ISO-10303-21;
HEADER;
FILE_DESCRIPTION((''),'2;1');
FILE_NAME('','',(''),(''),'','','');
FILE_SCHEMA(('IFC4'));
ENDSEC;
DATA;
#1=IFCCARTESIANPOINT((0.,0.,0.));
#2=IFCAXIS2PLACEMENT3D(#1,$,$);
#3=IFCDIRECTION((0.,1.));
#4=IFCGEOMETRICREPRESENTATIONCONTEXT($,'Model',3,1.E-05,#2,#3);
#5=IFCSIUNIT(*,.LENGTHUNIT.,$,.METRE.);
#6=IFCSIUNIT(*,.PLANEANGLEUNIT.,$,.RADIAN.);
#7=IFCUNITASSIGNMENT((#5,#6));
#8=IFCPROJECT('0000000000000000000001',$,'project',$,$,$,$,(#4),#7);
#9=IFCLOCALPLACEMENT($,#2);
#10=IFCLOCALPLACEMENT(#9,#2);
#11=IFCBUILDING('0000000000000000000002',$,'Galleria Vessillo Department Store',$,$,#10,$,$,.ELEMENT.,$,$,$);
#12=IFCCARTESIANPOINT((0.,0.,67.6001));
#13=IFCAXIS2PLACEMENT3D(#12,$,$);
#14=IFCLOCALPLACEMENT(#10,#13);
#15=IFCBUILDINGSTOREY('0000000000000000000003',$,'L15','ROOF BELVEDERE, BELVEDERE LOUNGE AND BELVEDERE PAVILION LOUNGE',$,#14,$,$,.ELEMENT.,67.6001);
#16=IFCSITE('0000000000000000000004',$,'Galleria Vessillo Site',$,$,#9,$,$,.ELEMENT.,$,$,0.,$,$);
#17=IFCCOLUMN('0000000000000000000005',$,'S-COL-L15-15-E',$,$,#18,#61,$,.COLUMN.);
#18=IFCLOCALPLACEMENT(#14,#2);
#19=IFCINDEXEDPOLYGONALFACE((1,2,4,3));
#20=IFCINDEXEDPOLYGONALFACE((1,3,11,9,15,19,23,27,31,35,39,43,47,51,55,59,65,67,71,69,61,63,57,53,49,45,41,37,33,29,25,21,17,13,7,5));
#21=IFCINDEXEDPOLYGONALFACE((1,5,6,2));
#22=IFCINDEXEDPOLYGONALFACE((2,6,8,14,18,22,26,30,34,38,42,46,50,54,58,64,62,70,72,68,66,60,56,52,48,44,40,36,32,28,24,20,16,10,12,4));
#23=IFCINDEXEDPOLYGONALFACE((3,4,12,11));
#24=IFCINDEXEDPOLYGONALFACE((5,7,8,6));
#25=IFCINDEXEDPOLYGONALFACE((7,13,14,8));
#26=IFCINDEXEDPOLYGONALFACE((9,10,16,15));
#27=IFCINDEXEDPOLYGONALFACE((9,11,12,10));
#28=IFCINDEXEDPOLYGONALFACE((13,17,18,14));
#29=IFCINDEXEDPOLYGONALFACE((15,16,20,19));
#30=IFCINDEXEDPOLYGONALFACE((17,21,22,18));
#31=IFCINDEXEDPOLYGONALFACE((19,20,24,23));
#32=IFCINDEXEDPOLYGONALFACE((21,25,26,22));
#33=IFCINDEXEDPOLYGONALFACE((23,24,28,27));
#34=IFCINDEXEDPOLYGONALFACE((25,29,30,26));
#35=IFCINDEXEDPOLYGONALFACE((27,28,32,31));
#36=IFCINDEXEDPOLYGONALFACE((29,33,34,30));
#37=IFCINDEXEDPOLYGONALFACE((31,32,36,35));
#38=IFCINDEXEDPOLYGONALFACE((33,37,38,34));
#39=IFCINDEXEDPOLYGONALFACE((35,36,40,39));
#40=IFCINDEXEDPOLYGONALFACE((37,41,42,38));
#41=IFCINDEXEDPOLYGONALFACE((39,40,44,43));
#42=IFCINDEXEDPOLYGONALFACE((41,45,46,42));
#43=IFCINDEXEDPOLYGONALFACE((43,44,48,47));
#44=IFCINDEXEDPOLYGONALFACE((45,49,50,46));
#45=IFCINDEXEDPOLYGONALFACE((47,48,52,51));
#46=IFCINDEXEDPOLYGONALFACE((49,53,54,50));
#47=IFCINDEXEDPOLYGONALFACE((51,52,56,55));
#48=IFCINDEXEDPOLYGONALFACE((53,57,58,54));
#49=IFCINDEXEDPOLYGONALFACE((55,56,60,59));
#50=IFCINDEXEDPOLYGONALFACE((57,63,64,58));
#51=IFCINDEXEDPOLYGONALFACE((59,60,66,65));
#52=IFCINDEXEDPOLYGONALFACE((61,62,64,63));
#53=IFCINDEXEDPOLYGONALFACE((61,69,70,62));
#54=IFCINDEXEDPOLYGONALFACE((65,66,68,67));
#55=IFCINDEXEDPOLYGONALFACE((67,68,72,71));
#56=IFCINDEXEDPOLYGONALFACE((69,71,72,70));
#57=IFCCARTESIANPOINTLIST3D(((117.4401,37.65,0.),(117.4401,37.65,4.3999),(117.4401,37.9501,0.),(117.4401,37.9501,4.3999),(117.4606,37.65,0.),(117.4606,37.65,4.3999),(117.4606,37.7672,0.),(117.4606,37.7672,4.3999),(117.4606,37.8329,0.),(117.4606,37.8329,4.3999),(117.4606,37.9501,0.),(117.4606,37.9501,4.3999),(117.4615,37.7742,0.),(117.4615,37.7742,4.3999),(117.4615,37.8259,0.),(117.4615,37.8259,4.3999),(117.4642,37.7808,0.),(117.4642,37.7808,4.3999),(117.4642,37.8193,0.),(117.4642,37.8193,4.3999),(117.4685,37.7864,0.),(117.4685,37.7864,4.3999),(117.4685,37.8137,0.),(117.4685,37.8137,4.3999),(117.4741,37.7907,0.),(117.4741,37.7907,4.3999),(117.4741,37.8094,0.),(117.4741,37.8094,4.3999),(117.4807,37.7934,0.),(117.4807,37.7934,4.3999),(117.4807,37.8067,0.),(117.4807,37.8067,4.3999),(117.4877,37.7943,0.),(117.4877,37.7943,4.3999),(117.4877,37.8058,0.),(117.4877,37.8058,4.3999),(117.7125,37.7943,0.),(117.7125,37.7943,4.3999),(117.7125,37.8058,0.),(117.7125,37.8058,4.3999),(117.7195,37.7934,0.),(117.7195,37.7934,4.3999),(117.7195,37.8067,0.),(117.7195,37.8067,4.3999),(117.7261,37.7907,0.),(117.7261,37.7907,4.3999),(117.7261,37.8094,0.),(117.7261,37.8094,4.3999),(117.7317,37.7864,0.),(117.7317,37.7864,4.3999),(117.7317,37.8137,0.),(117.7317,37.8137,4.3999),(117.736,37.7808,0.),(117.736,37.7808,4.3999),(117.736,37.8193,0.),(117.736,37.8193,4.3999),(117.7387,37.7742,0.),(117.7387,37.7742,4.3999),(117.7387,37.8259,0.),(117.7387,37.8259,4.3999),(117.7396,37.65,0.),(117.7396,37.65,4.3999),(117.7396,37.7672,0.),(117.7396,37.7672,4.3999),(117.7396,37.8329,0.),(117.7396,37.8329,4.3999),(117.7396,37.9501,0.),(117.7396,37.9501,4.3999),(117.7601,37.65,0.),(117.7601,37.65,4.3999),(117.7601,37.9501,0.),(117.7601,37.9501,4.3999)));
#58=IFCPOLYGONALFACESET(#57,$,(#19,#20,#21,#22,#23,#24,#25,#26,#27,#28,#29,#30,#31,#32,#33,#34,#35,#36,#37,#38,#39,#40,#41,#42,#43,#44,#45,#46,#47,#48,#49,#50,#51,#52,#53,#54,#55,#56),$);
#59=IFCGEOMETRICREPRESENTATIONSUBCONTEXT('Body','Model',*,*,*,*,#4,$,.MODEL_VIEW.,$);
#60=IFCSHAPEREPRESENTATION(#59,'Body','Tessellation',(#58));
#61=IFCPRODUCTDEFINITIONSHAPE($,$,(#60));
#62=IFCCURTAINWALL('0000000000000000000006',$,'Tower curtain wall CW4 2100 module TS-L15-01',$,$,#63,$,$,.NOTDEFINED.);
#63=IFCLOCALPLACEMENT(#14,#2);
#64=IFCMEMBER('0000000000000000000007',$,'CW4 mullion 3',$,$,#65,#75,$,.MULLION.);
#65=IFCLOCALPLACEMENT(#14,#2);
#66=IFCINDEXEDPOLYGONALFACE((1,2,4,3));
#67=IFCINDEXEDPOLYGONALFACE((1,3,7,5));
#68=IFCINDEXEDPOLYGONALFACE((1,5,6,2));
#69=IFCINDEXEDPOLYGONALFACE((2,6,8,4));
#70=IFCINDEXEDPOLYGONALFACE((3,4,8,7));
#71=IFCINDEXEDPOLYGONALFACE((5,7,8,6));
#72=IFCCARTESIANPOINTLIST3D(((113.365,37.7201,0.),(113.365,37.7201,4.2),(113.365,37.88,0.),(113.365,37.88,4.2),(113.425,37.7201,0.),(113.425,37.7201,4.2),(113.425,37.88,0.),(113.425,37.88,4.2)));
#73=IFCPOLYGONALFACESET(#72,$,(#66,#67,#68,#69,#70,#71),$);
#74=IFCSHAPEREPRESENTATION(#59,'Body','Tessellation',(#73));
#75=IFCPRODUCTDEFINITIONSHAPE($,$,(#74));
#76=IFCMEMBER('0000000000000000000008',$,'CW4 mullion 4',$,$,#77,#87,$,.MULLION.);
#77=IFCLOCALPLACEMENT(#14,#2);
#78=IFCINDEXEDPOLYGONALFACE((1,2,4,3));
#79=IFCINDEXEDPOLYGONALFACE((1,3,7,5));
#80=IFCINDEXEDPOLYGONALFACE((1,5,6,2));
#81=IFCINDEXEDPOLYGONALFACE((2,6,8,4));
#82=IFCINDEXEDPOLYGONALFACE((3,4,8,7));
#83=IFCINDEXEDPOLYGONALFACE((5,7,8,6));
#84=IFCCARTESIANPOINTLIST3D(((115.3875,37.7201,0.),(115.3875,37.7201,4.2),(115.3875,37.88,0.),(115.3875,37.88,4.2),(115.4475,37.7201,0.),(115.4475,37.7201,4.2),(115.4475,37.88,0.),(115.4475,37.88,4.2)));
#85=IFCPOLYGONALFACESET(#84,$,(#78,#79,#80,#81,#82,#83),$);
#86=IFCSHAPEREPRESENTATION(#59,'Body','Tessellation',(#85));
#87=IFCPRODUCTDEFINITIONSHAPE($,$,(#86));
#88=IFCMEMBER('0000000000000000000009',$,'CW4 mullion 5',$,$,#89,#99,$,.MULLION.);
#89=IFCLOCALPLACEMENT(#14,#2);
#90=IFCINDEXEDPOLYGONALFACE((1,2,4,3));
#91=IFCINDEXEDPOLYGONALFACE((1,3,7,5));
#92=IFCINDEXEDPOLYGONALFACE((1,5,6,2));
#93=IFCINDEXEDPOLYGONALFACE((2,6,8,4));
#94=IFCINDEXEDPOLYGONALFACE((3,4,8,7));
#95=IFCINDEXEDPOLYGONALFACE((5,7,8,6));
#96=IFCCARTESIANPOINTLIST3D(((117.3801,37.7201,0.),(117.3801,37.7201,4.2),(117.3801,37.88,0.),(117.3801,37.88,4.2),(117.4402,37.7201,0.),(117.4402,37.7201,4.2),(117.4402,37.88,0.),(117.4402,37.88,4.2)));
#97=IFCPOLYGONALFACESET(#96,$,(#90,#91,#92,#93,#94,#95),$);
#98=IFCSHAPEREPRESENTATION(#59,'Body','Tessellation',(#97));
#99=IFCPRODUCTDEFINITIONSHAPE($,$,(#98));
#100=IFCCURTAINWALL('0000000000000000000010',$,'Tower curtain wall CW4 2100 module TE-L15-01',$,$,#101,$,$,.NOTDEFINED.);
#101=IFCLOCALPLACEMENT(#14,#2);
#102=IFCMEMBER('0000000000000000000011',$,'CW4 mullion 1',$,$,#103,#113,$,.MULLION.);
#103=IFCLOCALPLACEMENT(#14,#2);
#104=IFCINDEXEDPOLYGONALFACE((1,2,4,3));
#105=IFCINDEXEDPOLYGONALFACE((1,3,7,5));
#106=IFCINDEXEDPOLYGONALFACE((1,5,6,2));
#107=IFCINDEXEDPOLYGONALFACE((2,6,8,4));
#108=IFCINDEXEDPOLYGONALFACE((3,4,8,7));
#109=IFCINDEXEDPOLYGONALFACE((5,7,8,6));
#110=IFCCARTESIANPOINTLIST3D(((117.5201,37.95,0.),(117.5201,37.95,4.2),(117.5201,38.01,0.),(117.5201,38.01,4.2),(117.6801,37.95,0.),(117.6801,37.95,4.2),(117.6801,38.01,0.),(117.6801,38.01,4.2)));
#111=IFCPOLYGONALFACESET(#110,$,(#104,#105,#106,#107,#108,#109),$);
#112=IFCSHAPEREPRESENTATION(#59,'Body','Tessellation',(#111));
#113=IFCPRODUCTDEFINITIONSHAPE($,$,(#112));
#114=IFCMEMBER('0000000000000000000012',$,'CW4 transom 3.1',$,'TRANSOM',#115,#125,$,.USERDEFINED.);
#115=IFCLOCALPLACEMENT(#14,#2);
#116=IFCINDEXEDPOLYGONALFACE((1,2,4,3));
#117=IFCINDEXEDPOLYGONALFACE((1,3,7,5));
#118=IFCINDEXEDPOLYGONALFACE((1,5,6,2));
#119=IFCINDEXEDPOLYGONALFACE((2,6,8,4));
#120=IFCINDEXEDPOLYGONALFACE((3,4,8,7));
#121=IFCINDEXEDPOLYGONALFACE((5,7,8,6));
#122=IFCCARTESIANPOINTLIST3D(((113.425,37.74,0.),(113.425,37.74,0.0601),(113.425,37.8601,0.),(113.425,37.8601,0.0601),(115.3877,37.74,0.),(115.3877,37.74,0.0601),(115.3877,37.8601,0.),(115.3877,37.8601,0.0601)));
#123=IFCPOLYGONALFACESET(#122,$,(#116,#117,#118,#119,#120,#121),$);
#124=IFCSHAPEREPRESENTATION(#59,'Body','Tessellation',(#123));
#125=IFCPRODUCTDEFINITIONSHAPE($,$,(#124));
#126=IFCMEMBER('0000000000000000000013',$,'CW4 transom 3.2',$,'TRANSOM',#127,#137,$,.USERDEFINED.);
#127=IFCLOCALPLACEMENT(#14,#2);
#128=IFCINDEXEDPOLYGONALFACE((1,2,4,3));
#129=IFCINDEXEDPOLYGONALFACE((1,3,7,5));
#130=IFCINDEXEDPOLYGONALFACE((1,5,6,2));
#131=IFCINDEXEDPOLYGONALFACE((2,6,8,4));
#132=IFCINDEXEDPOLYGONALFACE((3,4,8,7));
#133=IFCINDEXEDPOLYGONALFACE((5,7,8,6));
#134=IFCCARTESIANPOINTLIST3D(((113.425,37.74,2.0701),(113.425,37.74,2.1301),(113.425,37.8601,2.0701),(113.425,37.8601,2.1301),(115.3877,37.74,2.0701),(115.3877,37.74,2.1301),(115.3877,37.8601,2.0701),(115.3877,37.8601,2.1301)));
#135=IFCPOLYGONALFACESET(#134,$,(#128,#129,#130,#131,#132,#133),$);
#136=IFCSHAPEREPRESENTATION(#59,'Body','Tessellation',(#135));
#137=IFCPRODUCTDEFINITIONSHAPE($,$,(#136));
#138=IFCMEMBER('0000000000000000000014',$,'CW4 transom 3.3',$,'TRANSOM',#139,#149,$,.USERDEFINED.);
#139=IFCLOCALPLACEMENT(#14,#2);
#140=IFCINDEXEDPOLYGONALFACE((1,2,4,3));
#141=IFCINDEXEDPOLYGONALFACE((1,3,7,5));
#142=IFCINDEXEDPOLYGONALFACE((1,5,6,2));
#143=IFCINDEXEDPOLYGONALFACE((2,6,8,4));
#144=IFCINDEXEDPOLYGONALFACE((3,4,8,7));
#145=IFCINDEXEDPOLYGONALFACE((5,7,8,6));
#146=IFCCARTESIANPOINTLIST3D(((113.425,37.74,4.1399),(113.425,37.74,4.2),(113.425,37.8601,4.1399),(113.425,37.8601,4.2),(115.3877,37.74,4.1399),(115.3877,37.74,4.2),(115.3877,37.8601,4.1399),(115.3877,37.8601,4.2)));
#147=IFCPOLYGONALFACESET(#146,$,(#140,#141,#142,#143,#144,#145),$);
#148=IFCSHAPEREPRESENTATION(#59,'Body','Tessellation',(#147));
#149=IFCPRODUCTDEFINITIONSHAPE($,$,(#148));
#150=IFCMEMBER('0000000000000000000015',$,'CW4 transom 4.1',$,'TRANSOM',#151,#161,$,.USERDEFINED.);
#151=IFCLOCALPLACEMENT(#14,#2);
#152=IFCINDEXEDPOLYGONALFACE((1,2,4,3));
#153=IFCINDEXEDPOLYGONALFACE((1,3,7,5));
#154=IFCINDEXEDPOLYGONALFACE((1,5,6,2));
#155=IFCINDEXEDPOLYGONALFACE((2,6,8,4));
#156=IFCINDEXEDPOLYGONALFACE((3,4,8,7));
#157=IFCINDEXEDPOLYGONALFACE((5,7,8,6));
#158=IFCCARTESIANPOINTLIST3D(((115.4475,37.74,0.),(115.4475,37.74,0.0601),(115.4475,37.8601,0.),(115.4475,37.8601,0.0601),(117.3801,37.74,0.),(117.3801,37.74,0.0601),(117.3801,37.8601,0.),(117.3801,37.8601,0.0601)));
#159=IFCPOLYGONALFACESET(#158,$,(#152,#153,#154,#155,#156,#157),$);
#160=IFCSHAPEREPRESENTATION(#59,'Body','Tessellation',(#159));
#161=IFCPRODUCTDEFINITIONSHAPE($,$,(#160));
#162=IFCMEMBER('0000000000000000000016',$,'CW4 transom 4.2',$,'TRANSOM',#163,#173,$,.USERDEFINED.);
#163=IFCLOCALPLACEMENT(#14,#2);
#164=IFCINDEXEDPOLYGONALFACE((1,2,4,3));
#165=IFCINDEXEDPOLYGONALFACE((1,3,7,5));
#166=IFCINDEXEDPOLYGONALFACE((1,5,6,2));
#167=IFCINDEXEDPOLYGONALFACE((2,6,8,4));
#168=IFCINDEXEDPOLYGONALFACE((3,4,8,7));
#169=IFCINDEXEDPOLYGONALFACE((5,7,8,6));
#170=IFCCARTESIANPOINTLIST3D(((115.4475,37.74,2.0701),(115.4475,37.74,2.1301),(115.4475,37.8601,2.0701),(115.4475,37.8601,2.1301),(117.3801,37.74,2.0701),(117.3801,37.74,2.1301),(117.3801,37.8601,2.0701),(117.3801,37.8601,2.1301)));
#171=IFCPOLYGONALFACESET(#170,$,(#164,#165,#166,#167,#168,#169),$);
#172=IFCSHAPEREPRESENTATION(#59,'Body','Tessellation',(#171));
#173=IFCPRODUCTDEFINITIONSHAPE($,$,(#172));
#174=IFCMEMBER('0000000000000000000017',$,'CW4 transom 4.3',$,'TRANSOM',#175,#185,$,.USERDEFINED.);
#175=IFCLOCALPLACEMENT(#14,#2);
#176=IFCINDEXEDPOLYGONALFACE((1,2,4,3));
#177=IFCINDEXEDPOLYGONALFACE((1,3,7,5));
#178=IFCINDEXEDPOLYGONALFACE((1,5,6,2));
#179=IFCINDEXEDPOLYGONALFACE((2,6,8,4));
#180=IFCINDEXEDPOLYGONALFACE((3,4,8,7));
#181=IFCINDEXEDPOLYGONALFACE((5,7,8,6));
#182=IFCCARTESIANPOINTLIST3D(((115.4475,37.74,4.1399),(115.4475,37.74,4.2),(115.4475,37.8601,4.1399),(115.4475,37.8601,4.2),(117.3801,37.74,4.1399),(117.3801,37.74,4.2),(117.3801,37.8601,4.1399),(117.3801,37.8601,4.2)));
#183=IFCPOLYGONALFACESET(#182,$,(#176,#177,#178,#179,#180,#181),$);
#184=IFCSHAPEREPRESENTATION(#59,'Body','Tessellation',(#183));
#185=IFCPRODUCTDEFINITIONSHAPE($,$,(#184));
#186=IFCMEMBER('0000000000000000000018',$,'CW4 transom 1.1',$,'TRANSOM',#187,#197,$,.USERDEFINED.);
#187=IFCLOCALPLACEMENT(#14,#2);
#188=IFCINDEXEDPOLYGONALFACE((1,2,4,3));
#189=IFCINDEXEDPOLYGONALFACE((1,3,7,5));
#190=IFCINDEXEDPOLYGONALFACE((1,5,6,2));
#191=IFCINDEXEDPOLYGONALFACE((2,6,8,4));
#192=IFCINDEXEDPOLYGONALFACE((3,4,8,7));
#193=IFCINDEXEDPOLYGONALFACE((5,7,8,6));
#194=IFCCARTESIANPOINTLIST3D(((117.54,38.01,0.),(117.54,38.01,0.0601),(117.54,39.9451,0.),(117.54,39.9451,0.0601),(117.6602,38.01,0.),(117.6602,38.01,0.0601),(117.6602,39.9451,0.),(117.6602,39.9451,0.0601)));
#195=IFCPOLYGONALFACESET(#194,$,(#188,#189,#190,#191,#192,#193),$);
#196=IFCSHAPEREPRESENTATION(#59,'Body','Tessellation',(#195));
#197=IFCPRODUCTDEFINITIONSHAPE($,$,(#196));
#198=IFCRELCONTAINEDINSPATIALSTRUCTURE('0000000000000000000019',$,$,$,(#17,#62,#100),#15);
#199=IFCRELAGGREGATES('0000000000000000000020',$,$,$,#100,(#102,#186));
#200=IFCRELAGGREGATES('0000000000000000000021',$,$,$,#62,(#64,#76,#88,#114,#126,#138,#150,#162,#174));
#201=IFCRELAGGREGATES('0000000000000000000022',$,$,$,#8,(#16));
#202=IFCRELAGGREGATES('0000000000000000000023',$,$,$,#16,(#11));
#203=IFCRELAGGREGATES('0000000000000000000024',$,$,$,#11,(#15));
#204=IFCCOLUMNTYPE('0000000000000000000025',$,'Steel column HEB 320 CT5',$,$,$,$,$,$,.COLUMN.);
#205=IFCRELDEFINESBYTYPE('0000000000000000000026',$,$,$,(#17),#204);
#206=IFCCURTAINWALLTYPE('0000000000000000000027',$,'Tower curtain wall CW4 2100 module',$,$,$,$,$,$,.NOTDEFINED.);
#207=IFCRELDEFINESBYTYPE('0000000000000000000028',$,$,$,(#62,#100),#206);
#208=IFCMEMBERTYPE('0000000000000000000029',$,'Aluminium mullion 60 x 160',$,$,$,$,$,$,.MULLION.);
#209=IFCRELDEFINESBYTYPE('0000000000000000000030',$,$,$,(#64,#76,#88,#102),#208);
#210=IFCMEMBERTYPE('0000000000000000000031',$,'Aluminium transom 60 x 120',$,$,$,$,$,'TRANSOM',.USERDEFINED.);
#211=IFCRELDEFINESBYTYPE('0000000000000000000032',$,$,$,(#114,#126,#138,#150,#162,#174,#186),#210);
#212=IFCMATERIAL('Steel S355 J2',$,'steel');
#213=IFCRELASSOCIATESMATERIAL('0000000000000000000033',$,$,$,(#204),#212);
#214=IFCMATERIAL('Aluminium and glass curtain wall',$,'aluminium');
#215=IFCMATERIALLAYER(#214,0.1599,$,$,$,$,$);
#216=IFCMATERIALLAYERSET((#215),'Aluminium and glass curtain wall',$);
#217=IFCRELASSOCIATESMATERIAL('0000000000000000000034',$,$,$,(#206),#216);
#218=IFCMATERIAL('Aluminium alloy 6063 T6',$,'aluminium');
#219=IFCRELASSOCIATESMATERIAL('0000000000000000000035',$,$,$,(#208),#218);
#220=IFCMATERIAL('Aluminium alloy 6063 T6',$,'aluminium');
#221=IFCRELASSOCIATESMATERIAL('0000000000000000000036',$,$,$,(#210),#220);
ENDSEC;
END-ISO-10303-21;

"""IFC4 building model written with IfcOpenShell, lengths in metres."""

from ifc_helpers import new_model, si_unit, direction, frame, origin, origin_2d, place, context, subcontext, project, spatial, rectangle, i_section, extrude, material, layer, layer_set, material_profile, profile_set, type_object, element, aggregate, save


model = new_model("IFC4")

# Units and contexts
model_context = context("Model", 3, precision=1e-05, world=origin(), true_north=direction((0.0, 1.0)))
body_context = subcontext(model_context, "Body", "Model", "MODEL_VIEW")
ifc_project = project(units=[si_unit("LENGTHUNIT", "METRE"), si_unit("PLANEANGLEUNIT", "RADIAN")], contexts=[model_context])

# Site, building, storey
site_placement = place(None, origin())
site = spatial("IfcSite", under=ifc_project, at=site_placement, Name="Galleria Vessillo Site", CompositionType="ELEMENT", RefElevation=0.0)
building_placement = place(site_placement, origin())
building = spatial("IfcBuilding", under=site, at=building_placement, Name="Galleria Vessillo Department Store", CompositionType="ELEMENT")
storey_placement = place(building_placement, frame((0.0, 0.0, 67.6001)))
storey = spatial("IfcBuildingStorey", under=building, at=storey_placement, Name="L15", Description="ROOF BELVEDERE, BELVEDERE LOUNGE AND BELVEDERE PAVILION LOUNGE", CompositionType="ELEMENT", Elevation=67.6001)

# Column
ifc_material_1 = material(Name="Steel S355 J2", Category="steel")
ifc_material_profile_1 = material_profile(ifc_material_1, i_section(OverallWidth=0.3, OverallDepth=0.3201, WebThickness=0.0115, FlangeThickness=0.0205, FilletRadius=0.0271, at=origin_2d()), Name="HEB 320")
ifc_profile_set_1 = profile_set([ifc_material_profile_1], Name="Steel S355 J2")
column_type = type_object("IfcColumnType", Name="Steel column HEB 320 CT5", PredefinedType="COLUMN", material=ifc_profile_set_1)
column_placement = place(storey_placement, frame((117.6001, 37.8, 0.0), z_axis=(0.0, 0.0, 1.0), x_axis=(0.0, 1.0, 0.0)))
element("IfcColumn", 1, at=column_placement, inside=storey, type_object=column_type, Name="S-COL-L15-15-E", PredefinedType="COLUMN", context=body_context, shape_type="SweptSolid", body=[
    extrude(i_section(OverallWidth=0.3, OverallDepth=0.3201, WebThickness=0.0115, FlangeThickness=0.0205, FilletRadius=0.0271, at=origin_2d()), origin(), (0.0, 0.0, 1.0), 4.3999),
])

# Curtain wall, members
ifc_material_2 = material(Name="Aluminium and glass curtain wall", Category="aluminium")
ifc_layer_1 = layer(ifc_material_2, 0.1599)
ifc_layer_set_1 = layer_set([ifc_layer_1], Name="Aluminium and glass curtain wall")
curtain_wall_type = type_object("IfcCurtainWallType", Name="Tower curtain wall CW4 2100 module", PredefinedType="NOTDEFINED", material=ifc_layer_set_1)
curtain_wall_1_placement = place(storey_placement, origin())
curtain_wall_1 = element("IfcCurtainWall", 2, at=curtain_wall_1_placement, inside=storey, type_object=curtain_wall_type, Name="Tower curtain wall CW4 2100 module TS-L15-01", PredefinedType="NOTDEFINED")
ifc_material_3 = material(Name="Aluminium alloy 6063 T6", Category="aluminium")
ifc_material_profile_2 = material_profile(ifc_material_3, rectangle(XDim=0.1599, YDim=0.0601, at=origin_2d()), Name="AL 60x160")
ifc_profile_set_2 = profile_set([ifc_material_profile_2], Name="Aluminium alloy 6063 T6")
member_type_1 = type_object("IfcMemberType", Name="Aluminium mullion 60 x 160", PredefinedType="MULLION", material=ifc_profile_set_2)
member_1_placement = place(storey_placement, frame((113.395, 37.8, 0.0), z_axis=(0.0, 0.0, 1.0), x_axis=(0.0, 1.0, 0.0)))
member_1 = element("IfcMember", 3, at=member_1_placement, type_object=member_type_1, Name="CW4 mullion 3", PredefinedType="MULLION", context=body_context, shape_type="SweptSolid", body=[
    extrude(rectangle(XDim=0.1599, YDim=0.0601, at=origin_2d()), origin(), (0.0, 0.0, 1.0), 4.2),
])
member_2_placement = place(storey_placement, frame((115.4175, 37.8, 0.0), z_axis=(0.0, 0.0, 1.0), x_axis=(0.0, 1.0, 0.0)))
member_2 = element("IfcMember", 4, at=member_2_placement, type_object=member_type_1, Name="CW4 mullion 4", PredefinedType="MULLION", context=body_context, shape_type="SweptSolid", body=[
    extrude(rectangle(XDim=0.1599, YDim=0.0601, at=origin_2d()), origin(), (0.0, 0.0, 1.0), 4.2),
])
member_3_placement = place(storey_placement, frame((117.4102, 37.8, 0.0), z_axis=(0.0, 0.0, 1.0), x_axis=(0.0, 1.0, 0.0)))
member_3 = element("IfcMember", 5, at=member_3_placement, type_object=member_type_1, Name="CW4 mullion 5", PredefinedType="MULLION", context=body_context, shape_type="SweptSolid", body=[
    extrude(rectangle(XDim=0.1599, YDim=0.0601, at=origin_2d()), origin(), (0.0, 0.0, 1.0), 4.2),
])

# Curtain wall, member
curtain_wall_2_placement = place(storey_placement, origin())
curtain_wall_2 = element("IfcCurtainWall", 6, at=curtain_wall_2_placement, inside=storey, type_object=curtain_wall_type, Name="Tower curtain wall CW4 2100 module TE-L15-01", PredefinedType="NOTDEFINED")
member_4_placement = place(storey_placement, frame((117.6001, 37.98, 0.0), z_axis=(0.0, 0.0, 1.0), x_axis=(-1.0, 0.0, 0.0)))
member_4 = element("IfcMember", 7, at=member_4_placement, type_object=member_type_1, Name="CW4 mullion 1", PredefinedType="MULLION", context=body_context, shape_type="SweptSolid", body=[
    extrude(rectangle(XDim=0.1599, YDim=0.0601, at=origin_2d()), origin(), (0.0, 0.0, 1.0), 4.2),
])

# Members
ifc_material_4 = material(Name="Aluminium alloy 6063 T6", Category="aluminium")
ifc_material_profile_3 = material_profile(ifc_material_4, rectangle(XDim=0.1201, YDim=0.0601, at=origin_2d()), Name="AL 60x120")
ifc_profile_set_3 = profile_set([ifc_material_profile_3], Name="Aluminium alloy 6063 T6")
member_type_2 = type_object("IfcMemberType", Name="Aluminium transom 60 x 120", ElementType="TRANSOM", PredefinedType="USERDEFINED", material=ifc_profile_set_3)
member_5_placement = place(storey_placement, frame((113.425, 37.8, 0.03), z_axis=(1.0, 0.0, 0.0), x_axis=(0.0, 1.0, 0.0)))
member_5 = element("IfcMember", 8, at=member_5_placement, type_object=member_type_2, Name="CW4 transom 3.1", ObjectType="TRANSOM", PredefinedType="USERDEFINED", context=body_context, shape_type="SweptSolid", body=[
    extrude(rectangle(XDim=0.1201, YDim=0.0601, at=origin_2d()), origin(), (0.0, 0.0, 1.0), 1.9626),
])
member_6_placement = place(storey_placement, frame((113.425, 37.8, 2.1001), z_axis=(1.0, 0.0, 0.0), x_axis=(0.0, 1.0, 0.0)))
member_6 = element("IfcMember", 9, at=member_6_placement, type_object=member_type_2, Name="CW4 transom 3.2", ObjectType="TRANSOM", PredefinedType="USERDEFINED", context=body_context, shape_type="SweptSolid", body=[
    extrude(rectangle(XDim=0.1201, YDim=0.0601, at=origin_2d()), origin(), (0.0, 0.0, 1.0), 1.9626),
])
member_7_placement = place(storey_placement, frame((113.425, 37.8, 4.1699), z_axis=(1.0, 0.0, 0.0), x_axis=(0.0, 1.0, 0.0)))
member_7 = element("IfcMember", 10, at=member_7_placement, type_object=member_type_2, Name="CW4 transom 3.3", ObjectType="TRANSOM", PredefinedType="USERDEFINED", context=body_context, shape_type="SweptSolid", body=[
    extrude(rectangle(XDim=0.1201, YDim=0.0601, at=origin_2d()), origin(), (0.0, 0.0, 1.0), 1.9626),
])
member_8_placement = place(storey_placement, frame((115.4475, 37.8, 0.03), z_axis=(1.0, 0.0, 0.0), x_axis=(0.0, 1.0, 0.0)))
member_8 = element("IfcMember", 11, at=member_8_placement, type_object=member_type_2, Name="CW4 transom 4.1", ObjectType="TRANSOM", PredefinedType="USERDEFINED", context=body_context, shape_type="SweptSolid", body=[
    extrude(rectangle(XDim=0.1201, YDim=0.0601, at=origin_2d()), origin(), (0.0, 0.0, 1.0), 1.9326),
])
member_9_placement = place(storey_placement, frame((115.4475, 37.8, 2.1001), z_axis=(1.0, 0.0, 0.0), x_axis=(0.0, 1.0, 0.0)))
member_9 = element("IfcMember", 12, at=member_9_placement, type_object=member_type_2, Name="CW4 transom 4.2", ObjectType="TRANSOM", PredefinedType="USERDEFINED", context=body_context, shape_type="SweptSolid", body=[
    extrude(rectangle(XDim=0.1201, YDim=0.0601, at=origin_2d()), origin(), (0.0, 0.0, 1.0), 1.9326),
])
member_10_placement = place(storey_placement, frame((115.4475, 37.8, 4.1699), z_axis=(1.0, 0.0, 0.0), x_axis=(0.0, 1.0, 0.0)))
member_10 = element("IfcMember", 13, at=member_10_placement, type_object=member_type_2, Name="CW4 transom 4.3", ObjectType="TRANSOM", PredefinedType="USERDEFINED", context=body_context, shape_type="SweptSolid", body=[
    extrude(rectangle(XDim=0.1201, YDim=0.0601, at=origin_2d()), origin(), (0.0, 0.0, 1.0), 1.9326),
])
member_11_placement = place(storey_placement, frame((117.6001, 38.01, 0.03), z_axis=(0.0, 1.0, 0.0), x_axis=(-1.0, 0.0, 0.0)))
member_11 = element("IfcMember", 14, at=member_11_placement, type_object=member_type_2, Name="CW4 transom 1.1", ObjectType="TRANSOM", PredefinedType="USERDEFINED", context=body_context, shape_type="SweptSolid", body=[
    extrude(rectangle(XDim=0.1201, YDim=0.0601, at=origin_2d()), origin(), (0.0, 0.0, 1.0), 1.9351),
])
aggregate(curtain_wall_2, [member_4, member_11])

aggregate(curtain_wall_1, [member_1, member_2, member_3, member_5, member_6, member_7, member_8, member_9, member_10])

save(model, "model.ifc")
